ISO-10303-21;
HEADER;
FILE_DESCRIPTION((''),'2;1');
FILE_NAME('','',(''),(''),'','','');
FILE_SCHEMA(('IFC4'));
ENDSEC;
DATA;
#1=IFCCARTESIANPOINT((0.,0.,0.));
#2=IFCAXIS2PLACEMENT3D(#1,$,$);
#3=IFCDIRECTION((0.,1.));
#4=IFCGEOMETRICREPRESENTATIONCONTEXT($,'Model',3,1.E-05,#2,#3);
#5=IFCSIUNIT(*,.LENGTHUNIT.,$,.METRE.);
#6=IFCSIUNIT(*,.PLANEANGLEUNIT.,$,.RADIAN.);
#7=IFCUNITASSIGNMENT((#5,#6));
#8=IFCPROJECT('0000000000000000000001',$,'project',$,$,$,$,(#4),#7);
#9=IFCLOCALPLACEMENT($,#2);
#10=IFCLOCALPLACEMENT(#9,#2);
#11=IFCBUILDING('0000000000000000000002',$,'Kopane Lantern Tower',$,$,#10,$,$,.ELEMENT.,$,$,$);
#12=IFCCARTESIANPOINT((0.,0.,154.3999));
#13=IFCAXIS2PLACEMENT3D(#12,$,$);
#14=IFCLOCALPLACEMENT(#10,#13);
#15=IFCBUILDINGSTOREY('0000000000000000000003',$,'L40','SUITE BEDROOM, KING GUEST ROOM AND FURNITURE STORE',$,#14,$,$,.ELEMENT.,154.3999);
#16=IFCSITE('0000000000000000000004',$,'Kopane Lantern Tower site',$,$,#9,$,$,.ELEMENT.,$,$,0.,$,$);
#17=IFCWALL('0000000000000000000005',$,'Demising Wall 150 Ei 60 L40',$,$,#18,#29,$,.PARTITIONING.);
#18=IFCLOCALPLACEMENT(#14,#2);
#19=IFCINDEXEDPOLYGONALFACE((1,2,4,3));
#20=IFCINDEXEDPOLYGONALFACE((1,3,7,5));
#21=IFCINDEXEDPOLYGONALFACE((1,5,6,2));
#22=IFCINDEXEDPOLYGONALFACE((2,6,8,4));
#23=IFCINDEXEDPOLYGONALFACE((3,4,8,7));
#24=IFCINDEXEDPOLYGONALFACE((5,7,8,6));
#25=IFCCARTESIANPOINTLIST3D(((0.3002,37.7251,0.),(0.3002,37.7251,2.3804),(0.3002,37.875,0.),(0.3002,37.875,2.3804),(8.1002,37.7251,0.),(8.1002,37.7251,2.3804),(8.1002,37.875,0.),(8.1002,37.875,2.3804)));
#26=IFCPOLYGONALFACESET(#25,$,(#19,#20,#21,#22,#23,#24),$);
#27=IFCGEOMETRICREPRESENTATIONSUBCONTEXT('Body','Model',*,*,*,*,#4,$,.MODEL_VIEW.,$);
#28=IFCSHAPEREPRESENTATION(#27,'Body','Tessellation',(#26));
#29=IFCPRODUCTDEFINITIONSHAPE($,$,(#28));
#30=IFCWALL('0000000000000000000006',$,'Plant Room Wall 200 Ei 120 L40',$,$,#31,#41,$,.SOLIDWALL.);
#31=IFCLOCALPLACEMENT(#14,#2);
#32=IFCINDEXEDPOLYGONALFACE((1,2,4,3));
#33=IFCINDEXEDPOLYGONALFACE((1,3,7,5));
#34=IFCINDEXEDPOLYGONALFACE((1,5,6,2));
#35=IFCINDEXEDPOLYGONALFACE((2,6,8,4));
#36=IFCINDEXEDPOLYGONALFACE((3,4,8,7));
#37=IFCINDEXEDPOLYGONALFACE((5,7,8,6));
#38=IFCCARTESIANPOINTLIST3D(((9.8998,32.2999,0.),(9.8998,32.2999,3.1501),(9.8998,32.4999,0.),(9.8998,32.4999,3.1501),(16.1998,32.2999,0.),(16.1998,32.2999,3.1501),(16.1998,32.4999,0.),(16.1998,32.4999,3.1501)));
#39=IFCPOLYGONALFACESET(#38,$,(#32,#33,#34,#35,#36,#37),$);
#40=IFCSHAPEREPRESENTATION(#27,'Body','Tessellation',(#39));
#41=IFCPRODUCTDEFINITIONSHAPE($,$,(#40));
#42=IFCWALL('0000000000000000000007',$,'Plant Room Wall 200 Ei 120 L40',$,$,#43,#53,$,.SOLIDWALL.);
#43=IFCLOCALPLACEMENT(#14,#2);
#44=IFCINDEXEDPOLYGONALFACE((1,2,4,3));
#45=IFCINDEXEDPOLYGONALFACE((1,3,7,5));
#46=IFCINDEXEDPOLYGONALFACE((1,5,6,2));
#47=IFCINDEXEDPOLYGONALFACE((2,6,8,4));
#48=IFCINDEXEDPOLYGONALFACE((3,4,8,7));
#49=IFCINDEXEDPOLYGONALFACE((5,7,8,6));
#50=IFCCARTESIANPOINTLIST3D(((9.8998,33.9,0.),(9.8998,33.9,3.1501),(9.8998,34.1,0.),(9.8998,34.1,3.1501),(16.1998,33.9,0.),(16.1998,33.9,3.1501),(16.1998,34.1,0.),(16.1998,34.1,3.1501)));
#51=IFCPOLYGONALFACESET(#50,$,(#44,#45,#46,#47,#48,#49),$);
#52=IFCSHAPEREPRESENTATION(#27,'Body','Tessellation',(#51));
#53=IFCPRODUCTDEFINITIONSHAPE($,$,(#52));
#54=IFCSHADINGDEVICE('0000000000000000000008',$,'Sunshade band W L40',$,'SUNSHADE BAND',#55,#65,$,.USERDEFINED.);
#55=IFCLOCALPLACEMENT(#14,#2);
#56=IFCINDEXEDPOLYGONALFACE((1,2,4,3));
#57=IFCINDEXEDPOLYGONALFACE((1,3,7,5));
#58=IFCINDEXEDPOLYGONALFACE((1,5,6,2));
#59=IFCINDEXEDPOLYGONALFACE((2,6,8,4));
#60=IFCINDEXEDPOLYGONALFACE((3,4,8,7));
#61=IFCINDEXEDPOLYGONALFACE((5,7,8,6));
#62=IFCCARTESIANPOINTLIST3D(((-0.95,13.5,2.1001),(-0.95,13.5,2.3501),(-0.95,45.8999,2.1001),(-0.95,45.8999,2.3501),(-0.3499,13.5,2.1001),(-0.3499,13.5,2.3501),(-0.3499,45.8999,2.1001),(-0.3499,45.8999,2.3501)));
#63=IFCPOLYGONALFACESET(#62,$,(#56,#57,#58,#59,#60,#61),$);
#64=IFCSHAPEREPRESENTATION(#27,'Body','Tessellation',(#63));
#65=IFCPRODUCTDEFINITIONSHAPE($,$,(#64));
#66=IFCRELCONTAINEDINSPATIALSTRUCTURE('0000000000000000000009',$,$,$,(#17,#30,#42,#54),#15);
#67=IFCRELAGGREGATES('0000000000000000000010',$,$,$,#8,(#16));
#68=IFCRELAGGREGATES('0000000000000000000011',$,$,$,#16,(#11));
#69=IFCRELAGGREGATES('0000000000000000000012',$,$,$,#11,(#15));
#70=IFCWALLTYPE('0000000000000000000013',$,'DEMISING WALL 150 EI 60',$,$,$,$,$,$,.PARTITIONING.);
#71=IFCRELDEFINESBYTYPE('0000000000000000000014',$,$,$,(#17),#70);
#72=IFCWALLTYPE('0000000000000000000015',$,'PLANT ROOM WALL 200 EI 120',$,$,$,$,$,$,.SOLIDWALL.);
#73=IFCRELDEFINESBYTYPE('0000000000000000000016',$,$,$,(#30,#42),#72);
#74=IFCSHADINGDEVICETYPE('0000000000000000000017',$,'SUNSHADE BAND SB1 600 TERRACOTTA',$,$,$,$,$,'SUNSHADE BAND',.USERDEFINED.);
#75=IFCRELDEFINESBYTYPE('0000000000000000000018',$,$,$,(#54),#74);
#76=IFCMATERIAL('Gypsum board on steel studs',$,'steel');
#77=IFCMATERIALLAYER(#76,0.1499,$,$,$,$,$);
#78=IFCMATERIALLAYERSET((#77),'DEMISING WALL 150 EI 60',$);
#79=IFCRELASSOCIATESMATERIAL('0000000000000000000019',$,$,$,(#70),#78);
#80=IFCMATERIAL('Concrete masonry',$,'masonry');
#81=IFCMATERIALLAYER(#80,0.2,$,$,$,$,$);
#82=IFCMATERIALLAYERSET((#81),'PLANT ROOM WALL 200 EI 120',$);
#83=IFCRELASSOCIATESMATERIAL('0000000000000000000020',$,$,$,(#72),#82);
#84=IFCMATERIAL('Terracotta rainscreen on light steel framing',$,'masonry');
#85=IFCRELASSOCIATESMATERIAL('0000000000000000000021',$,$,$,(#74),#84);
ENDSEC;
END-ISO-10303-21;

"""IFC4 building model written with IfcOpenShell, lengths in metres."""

from ifc_helpers import new_model, si_unit, direction, frame, frame_2d, origin, origin_2d, place, context, subcontext, project, spatial, rectangle, extrude, material, layer, layer_set, type_object, element, save


model = new_model("IFC4")

# Units and contexts
model_context = context("Model", 3, precision=1e-05, world=origin(), true_north=direction((0.0, 1.0)))
body_context = subcontext(model_context, "Body", "Model", "MODEL_VIEW")
ifc_project = project(units=[si_unit("LENGTHUNIT", "METRE"), si_unit("PLANEANGLEUNIT", "RADIAN")], contexts=[model_context])

# Site, building, storey
site_placement = place(None, origin())
site = spatial("IfcSite", under=ifc_project, at=site_placement, Name="Kopane Lantern Tower site", CompositionType="ELEMENT", RefElevation=0.0)
building_placement = place(site_placement, origin())
building = spatial("IfcBuilding", under=site, at=building_placement, Name="Kopane Lantern Tower", CompositionType="ELEMENT")
storey_placement = place(building_placement, frame((0.0, 0.0, 154.3999)))
storey = spatial("IfcBuildingStorey", under=building, at=storey_placement, Name="L40", Description="SUITE BEDROOM, KING GUEST ROOM AND FURNITURE STORE", CompositionType="ELEMENT", Elevation=154.3999)

# Walls
ifc_material_1 = material(Name="Gypsum board on steel studs", Category="steel")
ifc_layer_1 = layer(ifc_material_1, 0.1499)
ifc_layer_set_1 = layer_set([ifc_layer_1], Name="DEMISING WALL 150 EI 60")
wall_type_1 = type_object("IfcWallType", Name="DEMISING WALL 150 EI 60", PredefinedType="PARTITIONING", material=ifc_layer_set_1)
wall_1_placement = place(storey_placement, frame((8.1001, 37.8, 0.0), z_axis=(0.0, 0.0, 1.0), x_axis=(-1.0, 0.0, 0.0)))
element("IfcWall", 1, at=wall_1_placement, inside=storey, type_object=wall_type_1, Name="Demising Wall 150 Ei 60 L40", PredefinedType="PARTITIONING", context=body_context, shape_type="SweptSolid", body=[
    extrude(rectangle(XDim=7.8, YDim=0.1499, at=frame_2d((3.8999, 0.0))), origin(), (0.0, 0.0, 1.0), 2.3804),
])
ifc_material_2 = material(Name="Concrete masonry", Category="masonry")
ifc_layer_2 = layer(ifc_material_2, 0.2)
ifc_layer_set_2 = layer_set([ifc_layer_2], Name="PLANT ROOM WALL 200 EI 120")
wall_type_2 = type_object("IfcWallType", Name="PLANT ROOM WALL 200 EI 120", PredefinedType="SOLIDWALL", material=ifc_layer_set_2)
for number, where, z_axis, x_axis, name in (
    (2, (9.8999, 32.3999, 0.0), (0.0, 0.0, 1.0), (1.0, 0.0, 0.0), "Plant Room Wall 200 Ei 120 L40"),
    (3, (9.8999, 34.0, 0.0), (0.0, 0.0, 1.0), (1.0, 0.0, 0.0), "Plant Room Wall 200 Ei 120 L40"),
):
    element("IfcWall", number, at=place(storey_placement, frame(where, z_axis=z_axis, x_axis=x_axis)), inside=storey, type_object=wall_type_2, Name=name, PredefinedType="SOLIDWALL", context=body_context, shape_type="SweptSolid", body=[
        extrude(rectangle(XDim=6.3, YDim=0.2, at=frame_2d((3.1499, 0.0))), origin(), (0.0, 0.0, 1.0), 3.1501),
    ])

# Shading device
ifc_material_3 = material(Name="Terracotta rainscreen on light steel framing", Category="masonry")
shading_device_type = type_object("IfcShadingDeviceType", Name="SUNSHADE BAND SB1 600 TERRACOTTA", ElementType="SUNSHADE BAND", PredefinedType="USERDEFINED", material=ifc_material_3)
shading_device_placement = place(storey_placement, frame((-0.6499, 29.7, 2.1001), z_axis=(0.0, 0.0, 1.0), x_axis=(0.0, -1.0, 0.0)))
element("IfcShadingDevice", 4, at=shading_device_placement, inside=storey, type_object=shading_device_type, Name="Sunshade band W L40", ObjectType="SUNSHADE BAND", PredefinedType="USERDEFINED", context=body_context, shape_type="SweptSolid", body=[
    extrude(rectangle(XDim=32.3999, YDim=0.6001, at=origin_2d()), origin(), (0.0, 0.0, 1.0), 0.25),
])

save(model, "model.ifc")
